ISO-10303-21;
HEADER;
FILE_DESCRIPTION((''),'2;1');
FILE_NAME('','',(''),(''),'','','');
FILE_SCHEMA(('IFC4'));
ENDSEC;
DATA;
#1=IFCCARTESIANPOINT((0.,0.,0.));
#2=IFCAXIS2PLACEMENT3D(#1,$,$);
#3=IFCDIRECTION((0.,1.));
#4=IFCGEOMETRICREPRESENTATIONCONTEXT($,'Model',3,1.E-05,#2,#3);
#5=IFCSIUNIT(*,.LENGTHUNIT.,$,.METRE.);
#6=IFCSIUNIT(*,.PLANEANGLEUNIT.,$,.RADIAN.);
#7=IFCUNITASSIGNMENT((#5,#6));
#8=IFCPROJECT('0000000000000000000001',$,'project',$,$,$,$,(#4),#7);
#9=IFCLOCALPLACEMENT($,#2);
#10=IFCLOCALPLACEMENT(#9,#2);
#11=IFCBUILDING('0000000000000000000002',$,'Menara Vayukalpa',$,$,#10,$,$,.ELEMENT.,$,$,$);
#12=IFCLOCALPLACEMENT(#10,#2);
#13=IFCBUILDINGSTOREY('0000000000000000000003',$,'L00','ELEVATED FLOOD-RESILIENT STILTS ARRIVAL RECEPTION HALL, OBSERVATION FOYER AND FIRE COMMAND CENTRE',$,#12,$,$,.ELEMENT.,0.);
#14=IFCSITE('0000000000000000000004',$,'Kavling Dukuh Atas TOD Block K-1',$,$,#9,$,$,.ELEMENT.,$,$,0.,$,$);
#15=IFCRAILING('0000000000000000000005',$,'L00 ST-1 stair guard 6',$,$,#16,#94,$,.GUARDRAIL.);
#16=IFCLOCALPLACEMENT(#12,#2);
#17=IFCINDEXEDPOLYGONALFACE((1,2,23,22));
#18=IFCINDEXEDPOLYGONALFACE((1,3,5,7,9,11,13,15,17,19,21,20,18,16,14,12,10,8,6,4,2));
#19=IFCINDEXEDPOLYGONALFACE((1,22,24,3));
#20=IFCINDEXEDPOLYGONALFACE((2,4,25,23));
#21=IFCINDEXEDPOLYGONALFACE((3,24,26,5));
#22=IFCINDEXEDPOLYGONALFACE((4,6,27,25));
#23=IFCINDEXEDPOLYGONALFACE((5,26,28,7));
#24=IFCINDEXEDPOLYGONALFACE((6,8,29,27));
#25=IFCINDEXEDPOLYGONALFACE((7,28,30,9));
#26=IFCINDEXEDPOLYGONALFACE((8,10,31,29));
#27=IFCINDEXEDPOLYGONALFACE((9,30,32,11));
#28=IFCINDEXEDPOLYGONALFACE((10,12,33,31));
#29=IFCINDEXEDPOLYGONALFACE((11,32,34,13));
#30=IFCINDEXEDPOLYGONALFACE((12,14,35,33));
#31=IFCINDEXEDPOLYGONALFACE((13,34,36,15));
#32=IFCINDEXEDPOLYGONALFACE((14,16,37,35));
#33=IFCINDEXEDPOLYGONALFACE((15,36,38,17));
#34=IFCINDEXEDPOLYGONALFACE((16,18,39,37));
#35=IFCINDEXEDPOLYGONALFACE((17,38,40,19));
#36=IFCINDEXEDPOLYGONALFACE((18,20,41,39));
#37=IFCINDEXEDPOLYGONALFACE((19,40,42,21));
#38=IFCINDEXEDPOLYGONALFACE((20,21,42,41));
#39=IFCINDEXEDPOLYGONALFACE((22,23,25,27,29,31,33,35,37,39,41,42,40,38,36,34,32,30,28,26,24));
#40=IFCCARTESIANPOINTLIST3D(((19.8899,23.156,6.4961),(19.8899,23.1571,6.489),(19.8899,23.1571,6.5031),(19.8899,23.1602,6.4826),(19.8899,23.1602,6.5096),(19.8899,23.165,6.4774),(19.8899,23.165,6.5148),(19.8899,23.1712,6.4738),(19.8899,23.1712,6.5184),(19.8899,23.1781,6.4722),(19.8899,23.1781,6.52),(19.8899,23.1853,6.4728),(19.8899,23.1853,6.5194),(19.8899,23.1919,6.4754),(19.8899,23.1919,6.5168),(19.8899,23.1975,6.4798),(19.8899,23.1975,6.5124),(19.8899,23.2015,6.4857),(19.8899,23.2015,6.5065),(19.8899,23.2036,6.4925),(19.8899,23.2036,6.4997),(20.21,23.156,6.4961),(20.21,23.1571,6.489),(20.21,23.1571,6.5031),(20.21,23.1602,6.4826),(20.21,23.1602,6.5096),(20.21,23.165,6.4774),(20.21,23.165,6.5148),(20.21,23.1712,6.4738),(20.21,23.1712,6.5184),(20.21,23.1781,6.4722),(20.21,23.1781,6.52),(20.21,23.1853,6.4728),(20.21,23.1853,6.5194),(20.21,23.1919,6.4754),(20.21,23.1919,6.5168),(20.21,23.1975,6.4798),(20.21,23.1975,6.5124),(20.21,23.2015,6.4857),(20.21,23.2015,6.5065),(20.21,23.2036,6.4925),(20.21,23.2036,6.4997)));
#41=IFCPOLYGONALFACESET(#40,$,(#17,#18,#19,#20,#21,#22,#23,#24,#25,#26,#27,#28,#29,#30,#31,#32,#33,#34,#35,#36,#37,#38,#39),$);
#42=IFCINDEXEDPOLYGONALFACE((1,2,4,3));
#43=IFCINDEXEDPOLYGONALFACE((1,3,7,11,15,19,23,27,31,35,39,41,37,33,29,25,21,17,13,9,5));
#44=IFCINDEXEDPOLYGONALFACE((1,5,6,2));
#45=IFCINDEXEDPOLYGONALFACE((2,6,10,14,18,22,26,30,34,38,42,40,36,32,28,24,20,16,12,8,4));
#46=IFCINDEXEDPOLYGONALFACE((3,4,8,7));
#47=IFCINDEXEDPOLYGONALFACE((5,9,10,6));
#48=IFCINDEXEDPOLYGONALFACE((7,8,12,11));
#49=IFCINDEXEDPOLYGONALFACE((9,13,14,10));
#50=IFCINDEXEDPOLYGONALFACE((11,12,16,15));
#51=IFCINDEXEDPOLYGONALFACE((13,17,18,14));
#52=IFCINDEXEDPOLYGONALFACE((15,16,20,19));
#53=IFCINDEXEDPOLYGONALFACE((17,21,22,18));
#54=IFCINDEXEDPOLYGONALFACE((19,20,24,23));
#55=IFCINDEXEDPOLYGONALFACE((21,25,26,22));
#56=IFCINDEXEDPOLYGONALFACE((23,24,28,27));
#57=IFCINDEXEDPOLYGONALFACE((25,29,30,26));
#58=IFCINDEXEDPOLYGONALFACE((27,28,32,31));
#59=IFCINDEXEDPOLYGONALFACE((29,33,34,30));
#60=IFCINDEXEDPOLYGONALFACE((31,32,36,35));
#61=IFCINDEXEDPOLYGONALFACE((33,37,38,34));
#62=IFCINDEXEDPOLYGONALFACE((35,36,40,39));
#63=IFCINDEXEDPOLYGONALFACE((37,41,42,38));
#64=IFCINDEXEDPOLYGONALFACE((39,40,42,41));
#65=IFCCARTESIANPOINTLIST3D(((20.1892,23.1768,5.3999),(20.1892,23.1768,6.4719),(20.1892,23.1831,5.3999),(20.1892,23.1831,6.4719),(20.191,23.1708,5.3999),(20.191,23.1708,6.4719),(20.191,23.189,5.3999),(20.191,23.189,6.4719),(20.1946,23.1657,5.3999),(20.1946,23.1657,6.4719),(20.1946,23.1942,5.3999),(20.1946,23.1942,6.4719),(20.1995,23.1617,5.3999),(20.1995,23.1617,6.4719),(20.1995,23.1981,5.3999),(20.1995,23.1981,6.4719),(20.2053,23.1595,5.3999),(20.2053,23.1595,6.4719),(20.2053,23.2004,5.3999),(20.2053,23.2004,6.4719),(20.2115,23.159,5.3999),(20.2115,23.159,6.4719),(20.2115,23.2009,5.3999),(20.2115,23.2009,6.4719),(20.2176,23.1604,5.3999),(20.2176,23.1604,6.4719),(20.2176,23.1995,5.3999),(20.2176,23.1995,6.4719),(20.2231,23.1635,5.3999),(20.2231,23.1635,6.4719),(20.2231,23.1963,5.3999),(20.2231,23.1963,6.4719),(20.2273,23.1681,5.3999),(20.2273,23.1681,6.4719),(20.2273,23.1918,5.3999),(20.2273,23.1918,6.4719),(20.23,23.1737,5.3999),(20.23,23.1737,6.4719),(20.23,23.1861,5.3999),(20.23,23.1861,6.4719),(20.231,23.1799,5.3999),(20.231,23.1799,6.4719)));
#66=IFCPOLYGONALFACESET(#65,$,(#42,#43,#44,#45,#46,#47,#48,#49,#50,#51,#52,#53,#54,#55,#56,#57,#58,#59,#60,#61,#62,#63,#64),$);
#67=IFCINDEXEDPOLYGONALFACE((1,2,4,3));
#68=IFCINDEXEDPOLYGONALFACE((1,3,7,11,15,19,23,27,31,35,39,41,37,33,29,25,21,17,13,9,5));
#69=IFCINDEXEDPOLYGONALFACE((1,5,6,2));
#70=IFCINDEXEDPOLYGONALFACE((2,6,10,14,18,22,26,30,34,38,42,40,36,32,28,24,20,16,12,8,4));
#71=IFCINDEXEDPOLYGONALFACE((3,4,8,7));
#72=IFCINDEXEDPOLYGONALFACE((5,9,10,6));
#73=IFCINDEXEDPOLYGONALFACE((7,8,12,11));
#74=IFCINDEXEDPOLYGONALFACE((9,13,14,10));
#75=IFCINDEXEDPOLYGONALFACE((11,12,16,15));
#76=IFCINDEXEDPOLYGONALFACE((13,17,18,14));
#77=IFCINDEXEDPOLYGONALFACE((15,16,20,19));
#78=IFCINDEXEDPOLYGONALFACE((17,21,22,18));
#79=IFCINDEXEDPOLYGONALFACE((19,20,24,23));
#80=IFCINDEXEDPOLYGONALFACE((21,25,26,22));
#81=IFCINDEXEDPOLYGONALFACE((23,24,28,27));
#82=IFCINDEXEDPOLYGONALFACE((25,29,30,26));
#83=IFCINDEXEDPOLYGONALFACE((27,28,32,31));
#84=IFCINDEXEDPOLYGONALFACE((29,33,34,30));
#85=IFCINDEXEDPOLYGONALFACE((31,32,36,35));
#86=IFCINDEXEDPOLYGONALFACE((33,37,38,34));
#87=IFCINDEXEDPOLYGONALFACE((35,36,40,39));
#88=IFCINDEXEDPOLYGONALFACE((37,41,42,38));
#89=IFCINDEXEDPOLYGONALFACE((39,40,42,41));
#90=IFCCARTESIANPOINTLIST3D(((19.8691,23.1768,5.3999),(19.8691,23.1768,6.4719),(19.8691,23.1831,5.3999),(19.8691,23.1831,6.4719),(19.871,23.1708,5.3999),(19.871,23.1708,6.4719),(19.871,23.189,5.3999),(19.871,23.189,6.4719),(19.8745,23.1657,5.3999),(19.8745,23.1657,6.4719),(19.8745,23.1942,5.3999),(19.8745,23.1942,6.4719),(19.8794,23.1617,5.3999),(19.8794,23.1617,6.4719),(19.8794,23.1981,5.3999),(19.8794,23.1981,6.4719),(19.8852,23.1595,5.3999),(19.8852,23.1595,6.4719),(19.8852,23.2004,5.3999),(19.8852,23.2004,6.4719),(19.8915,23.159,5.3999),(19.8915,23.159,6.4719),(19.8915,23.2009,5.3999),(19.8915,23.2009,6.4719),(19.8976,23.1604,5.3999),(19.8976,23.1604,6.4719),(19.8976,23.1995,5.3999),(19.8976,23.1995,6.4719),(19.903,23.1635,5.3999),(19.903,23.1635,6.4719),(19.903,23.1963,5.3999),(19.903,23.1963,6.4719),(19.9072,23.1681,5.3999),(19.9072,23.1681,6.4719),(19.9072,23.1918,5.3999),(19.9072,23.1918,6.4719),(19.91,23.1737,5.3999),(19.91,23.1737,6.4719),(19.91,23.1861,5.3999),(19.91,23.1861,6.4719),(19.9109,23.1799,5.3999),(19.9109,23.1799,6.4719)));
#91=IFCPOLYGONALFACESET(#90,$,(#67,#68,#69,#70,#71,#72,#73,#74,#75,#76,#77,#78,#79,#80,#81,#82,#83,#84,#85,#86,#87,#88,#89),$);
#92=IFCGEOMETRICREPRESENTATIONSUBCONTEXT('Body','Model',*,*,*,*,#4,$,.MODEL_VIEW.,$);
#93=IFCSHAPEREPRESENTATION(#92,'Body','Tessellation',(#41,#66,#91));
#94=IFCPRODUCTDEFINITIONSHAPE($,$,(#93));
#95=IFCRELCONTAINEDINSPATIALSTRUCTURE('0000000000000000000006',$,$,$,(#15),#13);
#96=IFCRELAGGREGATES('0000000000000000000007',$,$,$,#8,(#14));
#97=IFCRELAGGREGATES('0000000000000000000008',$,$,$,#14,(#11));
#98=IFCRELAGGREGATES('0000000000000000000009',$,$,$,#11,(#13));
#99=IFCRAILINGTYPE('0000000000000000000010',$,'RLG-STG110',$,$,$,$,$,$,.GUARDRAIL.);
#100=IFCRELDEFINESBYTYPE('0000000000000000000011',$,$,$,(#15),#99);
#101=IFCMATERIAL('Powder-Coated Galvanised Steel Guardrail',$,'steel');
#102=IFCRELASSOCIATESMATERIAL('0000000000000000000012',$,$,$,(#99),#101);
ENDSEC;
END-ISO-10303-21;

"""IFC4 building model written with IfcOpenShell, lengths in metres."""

from ifc_helpers import new_model, si_unit, direction, frame, origin, origin_2d, place, context, subcontext, project, spatial, circle, extrude, material, type_object, element, save


model = new_model("IFC4")

# Units and contexts
model_context = context("Model", 3, precision=1e-05, world=origin(), true_north=direction((0.0, 1.0)))
body_context = subcontext(model_context, "Body", "Model", "MODEL_VIEW")
ifc_project = project(units=[si_unit("LENGTHUNIT", "METRE"), si_unit("PLANEANGLEUNIT", "RADIAN")], contexts=[model_context])

# Site, building, storey
site_placement = place(None, origin())
site = spatial("IfcSite", under=ifc_project, at=site_placement, Name="Kavling Dukuh Atas TOD Block K-1", CompositionType="ELEMENT", RefElevation=0.0)
building_placement = place(site_placement, origin())
building = spatial("IfcBuilding", under=site, at=building_placement, Name="Menara Vayukalpa", CompositionType="ELEMENT")
storey_placement = place(building_placement, origin())
storey = spatial("IfcBuildingStorey", under=building, at=storey_placement, Name="L00", Description="ELEVATED FLOOD-RESILIENT STILTS ARRIVAL RECEPTION HALL, OBSERVATION FOYER AND FIRE COMMAND CENTRE", CompositionType="ELEMENT", Elevation=0.0)

# Railing
ifc_material_1 = material(Name="Powder-Coated Galvanised Steel Guardrail", Category="steel")
railing_type_1 = type_object("IfcRailingType", Name="RLG-STG110", PredefinedType="GUARDRAIL", material=ifc_material_1)
railing_1_placement = place(storey_placement, frame((20.21, 23.1799, 5.3999)))
element("IfcRailing", 1, at=railing_1_placement, inside=storey, type_object=railing_type_1, Name="L00 ST-1 stair guard 6", PredefinedType="GUARDRAIL", context=body_context, shape_type="SweptSolid", body=[
    extrude(circle(Radius=0.0239, at=origin_2d()), frame((0.0, 0.0, 1.0962), z_axis=(-1.0, 0.0, 0.0), x_axis=(0.0, -1.0, 0.0)), (0.0, 0.0, 1.0), 0.3201),
    extrude(circle(Radius=0.021, at=origin_2d()), origin(), (0.0, 0.0, 1.0), 1.072),
    extrude(circle(Radius=0.021, at=origin_2d()), frame((-0.3201, 0.0, 0.0)), (0.0, 0.0, 1.0), 1.072),
])

save(model, "model.ifc")
